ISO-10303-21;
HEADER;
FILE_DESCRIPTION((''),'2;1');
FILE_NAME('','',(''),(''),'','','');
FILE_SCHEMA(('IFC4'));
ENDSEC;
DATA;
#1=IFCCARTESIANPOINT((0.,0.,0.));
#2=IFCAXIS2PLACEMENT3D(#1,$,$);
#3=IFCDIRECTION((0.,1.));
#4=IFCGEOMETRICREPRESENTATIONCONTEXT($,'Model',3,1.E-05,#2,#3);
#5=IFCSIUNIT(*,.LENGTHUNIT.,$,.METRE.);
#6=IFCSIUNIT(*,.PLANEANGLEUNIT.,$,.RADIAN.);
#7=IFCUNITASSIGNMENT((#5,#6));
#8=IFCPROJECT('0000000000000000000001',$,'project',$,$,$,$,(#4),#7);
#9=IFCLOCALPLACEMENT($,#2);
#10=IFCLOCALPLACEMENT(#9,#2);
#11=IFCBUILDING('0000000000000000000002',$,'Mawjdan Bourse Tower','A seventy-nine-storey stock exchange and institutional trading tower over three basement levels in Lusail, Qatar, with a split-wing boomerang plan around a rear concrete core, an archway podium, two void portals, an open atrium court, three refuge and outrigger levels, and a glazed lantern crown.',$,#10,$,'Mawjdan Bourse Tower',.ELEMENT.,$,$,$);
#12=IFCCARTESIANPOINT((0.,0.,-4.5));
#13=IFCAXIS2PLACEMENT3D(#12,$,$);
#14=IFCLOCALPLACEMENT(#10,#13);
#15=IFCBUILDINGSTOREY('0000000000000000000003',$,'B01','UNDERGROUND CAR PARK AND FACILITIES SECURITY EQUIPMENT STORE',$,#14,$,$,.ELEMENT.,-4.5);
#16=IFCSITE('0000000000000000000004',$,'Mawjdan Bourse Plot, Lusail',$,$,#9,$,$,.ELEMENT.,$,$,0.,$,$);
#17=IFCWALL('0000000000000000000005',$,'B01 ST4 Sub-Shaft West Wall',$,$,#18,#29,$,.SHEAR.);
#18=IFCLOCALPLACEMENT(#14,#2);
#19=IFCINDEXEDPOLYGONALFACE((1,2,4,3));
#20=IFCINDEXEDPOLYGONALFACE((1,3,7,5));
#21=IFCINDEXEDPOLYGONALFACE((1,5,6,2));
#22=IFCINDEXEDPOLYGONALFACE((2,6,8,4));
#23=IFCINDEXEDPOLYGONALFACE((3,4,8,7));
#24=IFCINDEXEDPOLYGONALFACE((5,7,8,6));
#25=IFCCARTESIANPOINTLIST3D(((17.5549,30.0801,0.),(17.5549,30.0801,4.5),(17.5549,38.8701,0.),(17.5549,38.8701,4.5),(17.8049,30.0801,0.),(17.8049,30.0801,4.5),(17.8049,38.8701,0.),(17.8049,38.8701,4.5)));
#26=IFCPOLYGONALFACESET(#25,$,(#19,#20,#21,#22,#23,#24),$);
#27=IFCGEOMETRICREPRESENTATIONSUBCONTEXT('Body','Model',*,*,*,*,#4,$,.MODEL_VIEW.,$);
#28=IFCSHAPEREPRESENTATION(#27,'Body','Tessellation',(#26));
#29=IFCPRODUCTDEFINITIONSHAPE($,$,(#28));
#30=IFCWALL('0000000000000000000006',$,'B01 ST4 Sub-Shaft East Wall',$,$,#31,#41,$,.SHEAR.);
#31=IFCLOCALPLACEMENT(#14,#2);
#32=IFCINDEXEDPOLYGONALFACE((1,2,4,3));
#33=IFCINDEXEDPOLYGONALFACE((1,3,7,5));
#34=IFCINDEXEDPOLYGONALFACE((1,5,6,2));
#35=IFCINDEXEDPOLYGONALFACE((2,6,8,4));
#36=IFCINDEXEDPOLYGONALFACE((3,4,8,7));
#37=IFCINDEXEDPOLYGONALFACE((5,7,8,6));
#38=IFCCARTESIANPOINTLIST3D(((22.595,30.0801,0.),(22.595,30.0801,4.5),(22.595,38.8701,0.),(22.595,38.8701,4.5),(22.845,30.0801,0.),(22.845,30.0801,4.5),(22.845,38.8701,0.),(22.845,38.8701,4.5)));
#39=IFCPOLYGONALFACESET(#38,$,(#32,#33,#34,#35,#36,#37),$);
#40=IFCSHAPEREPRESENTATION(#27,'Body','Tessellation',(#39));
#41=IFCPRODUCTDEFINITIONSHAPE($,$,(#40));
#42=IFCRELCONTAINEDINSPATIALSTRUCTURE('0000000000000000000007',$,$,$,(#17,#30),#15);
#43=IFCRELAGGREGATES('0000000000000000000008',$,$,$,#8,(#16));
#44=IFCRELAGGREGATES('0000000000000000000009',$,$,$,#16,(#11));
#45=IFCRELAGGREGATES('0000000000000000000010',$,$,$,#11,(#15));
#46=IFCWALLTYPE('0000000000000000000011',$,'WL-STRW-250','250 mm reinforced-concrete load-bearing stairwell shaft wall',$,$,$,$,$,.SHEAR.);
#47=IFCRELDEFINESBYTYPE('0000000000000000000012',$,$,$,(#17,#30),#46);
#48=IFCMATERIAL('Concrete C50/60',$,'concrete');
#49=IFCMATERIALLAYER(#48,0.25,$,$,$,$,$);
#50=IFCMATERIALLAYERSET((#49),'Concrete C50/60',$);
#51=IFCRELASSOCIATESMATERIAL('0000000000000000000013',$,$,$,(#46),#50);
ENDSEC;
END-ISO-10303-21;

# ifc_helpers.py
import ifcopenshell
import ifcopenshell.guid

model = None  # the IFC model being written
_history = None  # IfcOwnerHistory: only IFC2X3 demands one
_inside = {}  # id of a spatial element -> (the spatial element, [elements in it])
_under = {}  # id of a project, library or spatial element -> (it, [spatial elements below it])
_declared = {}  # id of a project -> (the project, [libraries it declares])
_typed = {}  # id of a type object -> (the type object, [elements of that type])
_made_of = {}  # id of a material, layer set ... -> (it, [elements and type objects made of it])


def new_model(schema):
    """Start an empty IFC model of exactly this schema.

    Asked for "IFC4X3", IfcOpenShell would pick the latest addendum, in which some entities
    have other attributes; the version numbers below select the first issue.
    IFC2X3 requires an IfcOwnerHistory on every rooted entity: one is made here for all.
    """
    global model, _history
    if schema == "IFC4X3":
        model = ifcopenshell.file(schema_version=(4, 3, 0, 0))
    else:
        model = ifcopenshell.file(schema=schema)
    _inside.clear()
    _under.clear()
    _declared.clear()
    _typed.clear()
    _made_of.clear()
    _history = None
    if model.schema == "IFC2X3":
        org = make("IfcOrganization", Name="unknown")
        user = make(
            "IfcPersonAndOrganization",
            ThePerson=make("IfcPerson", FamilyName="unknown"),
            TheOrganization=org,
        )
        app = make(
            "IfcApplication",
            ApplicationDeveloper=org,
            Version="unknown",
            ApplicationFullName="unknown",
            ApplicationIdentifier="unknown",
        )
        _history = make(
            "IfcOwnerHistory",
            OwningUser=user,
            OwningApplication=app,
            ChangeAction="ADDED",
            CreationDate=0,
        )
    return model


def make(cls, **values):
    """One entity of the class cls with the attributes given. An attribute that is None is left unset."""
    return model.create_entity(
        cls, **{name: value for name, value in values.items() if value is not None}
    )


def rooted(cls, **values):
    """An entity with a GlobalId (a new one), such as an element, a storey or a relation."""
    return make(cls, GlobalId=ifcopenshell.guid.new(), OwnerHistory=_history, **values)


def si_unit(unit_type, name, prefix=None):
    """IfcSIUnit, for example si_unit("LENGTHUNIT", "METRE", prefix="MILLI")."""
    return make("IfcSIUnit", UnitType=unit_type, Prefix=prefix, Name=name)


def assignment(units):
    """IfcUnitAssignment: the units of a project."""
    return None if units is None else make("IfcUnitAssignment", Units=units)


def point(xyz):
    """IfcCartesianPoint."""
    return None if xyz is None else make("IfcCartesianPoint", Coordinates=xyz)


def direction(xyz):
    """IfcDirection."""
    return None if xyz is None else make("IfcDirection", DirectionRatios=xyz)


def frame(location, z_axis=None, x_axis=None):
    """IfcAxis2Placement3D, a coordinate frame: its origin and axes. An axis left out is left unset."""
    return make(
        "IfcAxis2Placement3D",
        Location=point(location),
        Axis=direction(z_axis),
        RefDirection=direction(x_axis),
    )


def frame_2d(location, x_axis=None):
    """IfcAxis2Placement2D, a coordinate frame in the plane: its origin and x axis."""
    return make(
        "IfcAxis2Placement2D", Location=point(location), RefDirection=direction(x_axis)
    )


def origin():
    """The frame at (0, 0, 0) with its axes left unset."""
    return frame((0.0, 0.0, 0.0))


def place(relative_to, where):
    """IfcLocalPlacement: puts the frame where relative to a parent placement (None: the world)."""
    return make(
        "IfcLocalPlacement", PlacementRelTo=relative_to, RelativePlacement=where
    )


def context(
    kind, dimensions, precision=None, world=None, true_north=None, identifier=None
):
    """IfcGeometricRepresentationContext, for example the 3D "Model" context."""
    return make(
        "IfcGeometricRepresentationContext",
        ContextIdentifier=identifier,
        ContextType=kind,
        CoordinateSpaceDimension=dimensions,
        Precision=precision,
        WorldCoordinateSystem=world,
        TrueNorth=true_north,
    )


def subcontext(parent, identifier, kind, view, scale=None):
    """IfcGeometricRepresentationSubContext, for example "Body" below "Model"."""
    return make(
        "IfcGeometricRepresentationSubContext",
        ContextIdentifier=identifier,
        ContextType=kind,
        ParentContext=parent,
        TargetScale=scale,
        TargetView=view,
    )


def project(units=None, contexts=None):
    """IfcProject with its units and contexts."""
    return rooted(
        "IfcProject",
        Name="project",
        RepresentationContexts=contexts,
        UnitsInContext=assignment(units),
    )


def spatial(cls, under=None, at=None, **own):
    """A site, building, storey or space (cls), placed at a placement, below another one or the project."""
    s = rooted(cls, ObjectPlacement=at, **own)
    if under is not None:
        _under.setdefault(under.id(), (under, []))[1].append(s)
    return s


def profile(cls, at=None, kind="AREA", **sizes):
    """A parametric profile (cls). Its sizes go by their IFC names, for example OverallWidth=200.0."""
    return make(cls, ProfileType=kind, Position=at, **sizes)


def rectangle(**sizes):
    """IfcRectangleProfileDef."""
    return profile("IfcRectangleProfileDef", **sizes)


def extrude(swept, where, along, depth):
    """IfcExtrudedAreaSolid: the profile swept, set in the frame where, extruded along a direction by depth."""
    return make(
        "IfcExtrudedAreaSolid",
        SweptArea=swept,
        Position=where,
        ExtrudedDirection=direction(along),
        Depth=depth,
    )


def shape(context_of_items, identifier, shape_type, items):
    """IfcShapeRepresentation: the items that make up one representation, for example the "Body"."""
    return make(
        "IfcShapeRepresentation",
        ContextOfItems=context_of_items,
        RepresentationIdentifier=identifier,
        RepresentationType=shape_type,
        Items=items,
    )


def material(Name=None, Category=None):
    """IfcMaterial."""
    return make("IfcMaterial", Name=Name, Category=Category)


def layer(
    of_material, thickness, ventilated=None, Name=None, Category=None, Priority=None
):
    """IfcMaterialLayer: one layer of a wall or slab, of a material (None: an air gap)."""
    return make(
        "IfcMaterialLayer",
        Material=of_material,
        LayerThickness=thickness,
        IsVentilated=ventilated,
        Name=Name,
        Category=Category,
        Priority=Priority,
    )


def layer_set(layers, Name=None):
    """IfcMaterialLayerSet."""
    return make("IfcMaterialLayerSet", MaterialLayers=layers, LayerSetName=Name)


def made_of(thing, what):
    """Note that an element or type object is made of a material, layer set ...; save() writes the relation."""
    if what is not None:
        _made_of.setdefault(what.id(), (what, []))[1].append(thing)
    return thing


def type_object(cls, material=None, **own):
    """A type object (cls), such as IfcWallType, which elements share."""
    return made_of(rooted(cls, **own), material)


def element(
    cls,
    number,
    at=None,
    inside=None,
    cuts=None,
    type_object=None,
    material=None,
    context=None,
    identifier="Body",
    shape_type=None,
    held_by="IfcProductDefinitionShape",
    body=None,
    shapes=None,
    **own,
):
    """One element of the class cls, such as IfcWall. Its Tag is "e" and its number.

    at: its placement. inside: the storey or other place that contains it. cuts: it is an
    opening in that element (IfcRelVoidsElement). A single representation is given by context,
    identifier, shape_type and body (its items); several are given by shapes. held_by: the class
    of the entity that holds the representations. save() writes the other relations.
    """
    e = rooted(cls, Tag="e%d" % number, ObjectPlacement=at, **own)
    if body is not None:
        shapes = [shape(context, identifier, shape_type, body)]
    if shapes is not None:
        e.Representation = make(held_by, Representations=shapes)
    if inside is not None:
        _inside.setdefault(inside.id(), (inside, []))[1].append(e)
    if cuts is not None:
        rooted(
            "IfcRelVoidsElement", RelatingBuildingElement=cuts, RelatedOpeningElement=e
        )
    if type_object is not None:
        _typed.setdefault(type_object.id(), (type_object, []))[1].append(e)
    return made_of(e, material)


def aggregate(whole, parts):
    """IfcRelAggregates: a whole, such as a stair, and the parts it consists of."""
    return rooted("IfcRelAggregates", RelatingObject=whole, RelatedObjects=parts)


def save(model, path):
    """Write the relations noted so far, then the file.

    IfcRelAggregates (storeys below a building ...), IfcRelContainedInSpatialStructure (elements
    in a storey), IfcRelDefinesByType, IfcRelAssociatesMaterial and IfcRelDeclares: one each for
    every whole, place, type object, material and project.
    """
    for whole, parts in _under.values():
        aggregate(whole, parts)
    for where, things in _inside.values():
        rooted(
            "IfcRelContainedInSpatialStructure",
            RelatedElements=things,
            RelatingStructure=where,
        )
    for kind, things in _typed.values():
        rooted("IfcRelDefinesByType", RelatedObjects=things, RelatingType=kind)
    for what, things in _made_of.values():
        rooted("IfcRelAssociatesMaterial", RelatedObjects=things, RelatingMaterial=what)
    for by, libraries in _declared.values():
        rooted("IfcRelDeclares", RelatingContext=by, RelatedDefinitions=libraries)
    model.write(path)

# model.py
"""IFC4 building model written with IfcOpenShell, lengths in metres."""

from ifc_helpers import new_model, si_unit, direction, frame, frame_2d, origin, place, context, subcontext, project, spatial, rectangle, extrude, material, layer, layer_set, type_object, element, save


model = new_model("IFC4")

# Units and contexts
model_context = context("Model", 3, precision=1e-05, world=origin(), true_north=direction((0.0, 1.0)))
body_context = subcontext(model_context, "Body", "Model", "MODEL_VIEW")
ifc_project = project(units=[si_unit("LENGTHUNIT", "METRE"), si_unit("PLANEANGLEUNIT", "RADIAN")], contexts=[model_context])

# Site, building, storey
site_placement = place(None, origin())
site = spatial("IfcSite", under=ifc_project, at=site_placement, Name="Mawjdan Bourse Plot, Lusail", CompositionType="ELEMENT", RefElevation=0.0)
building_placement = place(site_placement, origin())
building = spatial("IfcBuilding", under=site, at=building_placement, Name="Mawjdan Bourse Tower", Description="A seventy-nine-storey stock exchange and institutional trading tower over three basement levels in Lusail, Qatar, with a split-wing boomerang plan around a rear concrete core, an archway podium, two void portals, an open atrium court, three refuge and outrigger levels, and a glazed lantern crown.", LongName="Mawjdan Bourse Tower", CompositionType="ELEMENT")
storey_placement = place(building_placement, frame((0.0, 0.0, -4.5)))
storey = spatial("IfcBuildingStorey", under=building, at=storey_placement, Name="B01", Description="UNDERGROUND CAR PARK AND FACILITIES SECURITY EQUIPMENT STORE", CompositionType="ELEMENT", Elevation=-4.5)

# Shared definitions
ifc_material_1 = material(Name="Concrete C50/60", Category="concrete")
ifc_layer = layer(ifc_material_1, 0.25)
ifc_layer_set = layer_set([ifc_layer], Name="Concrete C50/60")
wall_type = type_object("IfcWallType", Name="WL-STRW-250", Description="250 mm reinforced-concrete load-bearing stairwell shaft wall", PredefinedType="SHEAR", material=ifc_layer_set)

# Walls
for number, where, z_axis, x_axis, name in (
    (1, (17.6799, 30.0801, 0.0), (0.0, 0.0, 1.0), (0.0, 1.0, 0.0), "B01 ST4 Sub-Shaft West Wall"),
    (2, (22.72, 30.0801, 0.0), (0.0, 0.0, 1.0), (0.0, 1.0, 0.0), "B01 ST4 Sub-Shaft East Wall"),
):
    element("IfcWall", number, at=place(storey_placement, frame(where, z_axis=z_axis, x_axis=x_axis)), inside=storey, type_object=wall_type, Name=name, PredefinedType="SHEAR", context=body_context, shape_type="SweptSolid", body=[
        extrude(rectangle(XDim=8.79, YDim=0.25, at=frame_2d((4.395, 0.0))), origin(), (0.0, 0.0, 1.0), 4.5),
    ])

save(model, "model.ifc")
